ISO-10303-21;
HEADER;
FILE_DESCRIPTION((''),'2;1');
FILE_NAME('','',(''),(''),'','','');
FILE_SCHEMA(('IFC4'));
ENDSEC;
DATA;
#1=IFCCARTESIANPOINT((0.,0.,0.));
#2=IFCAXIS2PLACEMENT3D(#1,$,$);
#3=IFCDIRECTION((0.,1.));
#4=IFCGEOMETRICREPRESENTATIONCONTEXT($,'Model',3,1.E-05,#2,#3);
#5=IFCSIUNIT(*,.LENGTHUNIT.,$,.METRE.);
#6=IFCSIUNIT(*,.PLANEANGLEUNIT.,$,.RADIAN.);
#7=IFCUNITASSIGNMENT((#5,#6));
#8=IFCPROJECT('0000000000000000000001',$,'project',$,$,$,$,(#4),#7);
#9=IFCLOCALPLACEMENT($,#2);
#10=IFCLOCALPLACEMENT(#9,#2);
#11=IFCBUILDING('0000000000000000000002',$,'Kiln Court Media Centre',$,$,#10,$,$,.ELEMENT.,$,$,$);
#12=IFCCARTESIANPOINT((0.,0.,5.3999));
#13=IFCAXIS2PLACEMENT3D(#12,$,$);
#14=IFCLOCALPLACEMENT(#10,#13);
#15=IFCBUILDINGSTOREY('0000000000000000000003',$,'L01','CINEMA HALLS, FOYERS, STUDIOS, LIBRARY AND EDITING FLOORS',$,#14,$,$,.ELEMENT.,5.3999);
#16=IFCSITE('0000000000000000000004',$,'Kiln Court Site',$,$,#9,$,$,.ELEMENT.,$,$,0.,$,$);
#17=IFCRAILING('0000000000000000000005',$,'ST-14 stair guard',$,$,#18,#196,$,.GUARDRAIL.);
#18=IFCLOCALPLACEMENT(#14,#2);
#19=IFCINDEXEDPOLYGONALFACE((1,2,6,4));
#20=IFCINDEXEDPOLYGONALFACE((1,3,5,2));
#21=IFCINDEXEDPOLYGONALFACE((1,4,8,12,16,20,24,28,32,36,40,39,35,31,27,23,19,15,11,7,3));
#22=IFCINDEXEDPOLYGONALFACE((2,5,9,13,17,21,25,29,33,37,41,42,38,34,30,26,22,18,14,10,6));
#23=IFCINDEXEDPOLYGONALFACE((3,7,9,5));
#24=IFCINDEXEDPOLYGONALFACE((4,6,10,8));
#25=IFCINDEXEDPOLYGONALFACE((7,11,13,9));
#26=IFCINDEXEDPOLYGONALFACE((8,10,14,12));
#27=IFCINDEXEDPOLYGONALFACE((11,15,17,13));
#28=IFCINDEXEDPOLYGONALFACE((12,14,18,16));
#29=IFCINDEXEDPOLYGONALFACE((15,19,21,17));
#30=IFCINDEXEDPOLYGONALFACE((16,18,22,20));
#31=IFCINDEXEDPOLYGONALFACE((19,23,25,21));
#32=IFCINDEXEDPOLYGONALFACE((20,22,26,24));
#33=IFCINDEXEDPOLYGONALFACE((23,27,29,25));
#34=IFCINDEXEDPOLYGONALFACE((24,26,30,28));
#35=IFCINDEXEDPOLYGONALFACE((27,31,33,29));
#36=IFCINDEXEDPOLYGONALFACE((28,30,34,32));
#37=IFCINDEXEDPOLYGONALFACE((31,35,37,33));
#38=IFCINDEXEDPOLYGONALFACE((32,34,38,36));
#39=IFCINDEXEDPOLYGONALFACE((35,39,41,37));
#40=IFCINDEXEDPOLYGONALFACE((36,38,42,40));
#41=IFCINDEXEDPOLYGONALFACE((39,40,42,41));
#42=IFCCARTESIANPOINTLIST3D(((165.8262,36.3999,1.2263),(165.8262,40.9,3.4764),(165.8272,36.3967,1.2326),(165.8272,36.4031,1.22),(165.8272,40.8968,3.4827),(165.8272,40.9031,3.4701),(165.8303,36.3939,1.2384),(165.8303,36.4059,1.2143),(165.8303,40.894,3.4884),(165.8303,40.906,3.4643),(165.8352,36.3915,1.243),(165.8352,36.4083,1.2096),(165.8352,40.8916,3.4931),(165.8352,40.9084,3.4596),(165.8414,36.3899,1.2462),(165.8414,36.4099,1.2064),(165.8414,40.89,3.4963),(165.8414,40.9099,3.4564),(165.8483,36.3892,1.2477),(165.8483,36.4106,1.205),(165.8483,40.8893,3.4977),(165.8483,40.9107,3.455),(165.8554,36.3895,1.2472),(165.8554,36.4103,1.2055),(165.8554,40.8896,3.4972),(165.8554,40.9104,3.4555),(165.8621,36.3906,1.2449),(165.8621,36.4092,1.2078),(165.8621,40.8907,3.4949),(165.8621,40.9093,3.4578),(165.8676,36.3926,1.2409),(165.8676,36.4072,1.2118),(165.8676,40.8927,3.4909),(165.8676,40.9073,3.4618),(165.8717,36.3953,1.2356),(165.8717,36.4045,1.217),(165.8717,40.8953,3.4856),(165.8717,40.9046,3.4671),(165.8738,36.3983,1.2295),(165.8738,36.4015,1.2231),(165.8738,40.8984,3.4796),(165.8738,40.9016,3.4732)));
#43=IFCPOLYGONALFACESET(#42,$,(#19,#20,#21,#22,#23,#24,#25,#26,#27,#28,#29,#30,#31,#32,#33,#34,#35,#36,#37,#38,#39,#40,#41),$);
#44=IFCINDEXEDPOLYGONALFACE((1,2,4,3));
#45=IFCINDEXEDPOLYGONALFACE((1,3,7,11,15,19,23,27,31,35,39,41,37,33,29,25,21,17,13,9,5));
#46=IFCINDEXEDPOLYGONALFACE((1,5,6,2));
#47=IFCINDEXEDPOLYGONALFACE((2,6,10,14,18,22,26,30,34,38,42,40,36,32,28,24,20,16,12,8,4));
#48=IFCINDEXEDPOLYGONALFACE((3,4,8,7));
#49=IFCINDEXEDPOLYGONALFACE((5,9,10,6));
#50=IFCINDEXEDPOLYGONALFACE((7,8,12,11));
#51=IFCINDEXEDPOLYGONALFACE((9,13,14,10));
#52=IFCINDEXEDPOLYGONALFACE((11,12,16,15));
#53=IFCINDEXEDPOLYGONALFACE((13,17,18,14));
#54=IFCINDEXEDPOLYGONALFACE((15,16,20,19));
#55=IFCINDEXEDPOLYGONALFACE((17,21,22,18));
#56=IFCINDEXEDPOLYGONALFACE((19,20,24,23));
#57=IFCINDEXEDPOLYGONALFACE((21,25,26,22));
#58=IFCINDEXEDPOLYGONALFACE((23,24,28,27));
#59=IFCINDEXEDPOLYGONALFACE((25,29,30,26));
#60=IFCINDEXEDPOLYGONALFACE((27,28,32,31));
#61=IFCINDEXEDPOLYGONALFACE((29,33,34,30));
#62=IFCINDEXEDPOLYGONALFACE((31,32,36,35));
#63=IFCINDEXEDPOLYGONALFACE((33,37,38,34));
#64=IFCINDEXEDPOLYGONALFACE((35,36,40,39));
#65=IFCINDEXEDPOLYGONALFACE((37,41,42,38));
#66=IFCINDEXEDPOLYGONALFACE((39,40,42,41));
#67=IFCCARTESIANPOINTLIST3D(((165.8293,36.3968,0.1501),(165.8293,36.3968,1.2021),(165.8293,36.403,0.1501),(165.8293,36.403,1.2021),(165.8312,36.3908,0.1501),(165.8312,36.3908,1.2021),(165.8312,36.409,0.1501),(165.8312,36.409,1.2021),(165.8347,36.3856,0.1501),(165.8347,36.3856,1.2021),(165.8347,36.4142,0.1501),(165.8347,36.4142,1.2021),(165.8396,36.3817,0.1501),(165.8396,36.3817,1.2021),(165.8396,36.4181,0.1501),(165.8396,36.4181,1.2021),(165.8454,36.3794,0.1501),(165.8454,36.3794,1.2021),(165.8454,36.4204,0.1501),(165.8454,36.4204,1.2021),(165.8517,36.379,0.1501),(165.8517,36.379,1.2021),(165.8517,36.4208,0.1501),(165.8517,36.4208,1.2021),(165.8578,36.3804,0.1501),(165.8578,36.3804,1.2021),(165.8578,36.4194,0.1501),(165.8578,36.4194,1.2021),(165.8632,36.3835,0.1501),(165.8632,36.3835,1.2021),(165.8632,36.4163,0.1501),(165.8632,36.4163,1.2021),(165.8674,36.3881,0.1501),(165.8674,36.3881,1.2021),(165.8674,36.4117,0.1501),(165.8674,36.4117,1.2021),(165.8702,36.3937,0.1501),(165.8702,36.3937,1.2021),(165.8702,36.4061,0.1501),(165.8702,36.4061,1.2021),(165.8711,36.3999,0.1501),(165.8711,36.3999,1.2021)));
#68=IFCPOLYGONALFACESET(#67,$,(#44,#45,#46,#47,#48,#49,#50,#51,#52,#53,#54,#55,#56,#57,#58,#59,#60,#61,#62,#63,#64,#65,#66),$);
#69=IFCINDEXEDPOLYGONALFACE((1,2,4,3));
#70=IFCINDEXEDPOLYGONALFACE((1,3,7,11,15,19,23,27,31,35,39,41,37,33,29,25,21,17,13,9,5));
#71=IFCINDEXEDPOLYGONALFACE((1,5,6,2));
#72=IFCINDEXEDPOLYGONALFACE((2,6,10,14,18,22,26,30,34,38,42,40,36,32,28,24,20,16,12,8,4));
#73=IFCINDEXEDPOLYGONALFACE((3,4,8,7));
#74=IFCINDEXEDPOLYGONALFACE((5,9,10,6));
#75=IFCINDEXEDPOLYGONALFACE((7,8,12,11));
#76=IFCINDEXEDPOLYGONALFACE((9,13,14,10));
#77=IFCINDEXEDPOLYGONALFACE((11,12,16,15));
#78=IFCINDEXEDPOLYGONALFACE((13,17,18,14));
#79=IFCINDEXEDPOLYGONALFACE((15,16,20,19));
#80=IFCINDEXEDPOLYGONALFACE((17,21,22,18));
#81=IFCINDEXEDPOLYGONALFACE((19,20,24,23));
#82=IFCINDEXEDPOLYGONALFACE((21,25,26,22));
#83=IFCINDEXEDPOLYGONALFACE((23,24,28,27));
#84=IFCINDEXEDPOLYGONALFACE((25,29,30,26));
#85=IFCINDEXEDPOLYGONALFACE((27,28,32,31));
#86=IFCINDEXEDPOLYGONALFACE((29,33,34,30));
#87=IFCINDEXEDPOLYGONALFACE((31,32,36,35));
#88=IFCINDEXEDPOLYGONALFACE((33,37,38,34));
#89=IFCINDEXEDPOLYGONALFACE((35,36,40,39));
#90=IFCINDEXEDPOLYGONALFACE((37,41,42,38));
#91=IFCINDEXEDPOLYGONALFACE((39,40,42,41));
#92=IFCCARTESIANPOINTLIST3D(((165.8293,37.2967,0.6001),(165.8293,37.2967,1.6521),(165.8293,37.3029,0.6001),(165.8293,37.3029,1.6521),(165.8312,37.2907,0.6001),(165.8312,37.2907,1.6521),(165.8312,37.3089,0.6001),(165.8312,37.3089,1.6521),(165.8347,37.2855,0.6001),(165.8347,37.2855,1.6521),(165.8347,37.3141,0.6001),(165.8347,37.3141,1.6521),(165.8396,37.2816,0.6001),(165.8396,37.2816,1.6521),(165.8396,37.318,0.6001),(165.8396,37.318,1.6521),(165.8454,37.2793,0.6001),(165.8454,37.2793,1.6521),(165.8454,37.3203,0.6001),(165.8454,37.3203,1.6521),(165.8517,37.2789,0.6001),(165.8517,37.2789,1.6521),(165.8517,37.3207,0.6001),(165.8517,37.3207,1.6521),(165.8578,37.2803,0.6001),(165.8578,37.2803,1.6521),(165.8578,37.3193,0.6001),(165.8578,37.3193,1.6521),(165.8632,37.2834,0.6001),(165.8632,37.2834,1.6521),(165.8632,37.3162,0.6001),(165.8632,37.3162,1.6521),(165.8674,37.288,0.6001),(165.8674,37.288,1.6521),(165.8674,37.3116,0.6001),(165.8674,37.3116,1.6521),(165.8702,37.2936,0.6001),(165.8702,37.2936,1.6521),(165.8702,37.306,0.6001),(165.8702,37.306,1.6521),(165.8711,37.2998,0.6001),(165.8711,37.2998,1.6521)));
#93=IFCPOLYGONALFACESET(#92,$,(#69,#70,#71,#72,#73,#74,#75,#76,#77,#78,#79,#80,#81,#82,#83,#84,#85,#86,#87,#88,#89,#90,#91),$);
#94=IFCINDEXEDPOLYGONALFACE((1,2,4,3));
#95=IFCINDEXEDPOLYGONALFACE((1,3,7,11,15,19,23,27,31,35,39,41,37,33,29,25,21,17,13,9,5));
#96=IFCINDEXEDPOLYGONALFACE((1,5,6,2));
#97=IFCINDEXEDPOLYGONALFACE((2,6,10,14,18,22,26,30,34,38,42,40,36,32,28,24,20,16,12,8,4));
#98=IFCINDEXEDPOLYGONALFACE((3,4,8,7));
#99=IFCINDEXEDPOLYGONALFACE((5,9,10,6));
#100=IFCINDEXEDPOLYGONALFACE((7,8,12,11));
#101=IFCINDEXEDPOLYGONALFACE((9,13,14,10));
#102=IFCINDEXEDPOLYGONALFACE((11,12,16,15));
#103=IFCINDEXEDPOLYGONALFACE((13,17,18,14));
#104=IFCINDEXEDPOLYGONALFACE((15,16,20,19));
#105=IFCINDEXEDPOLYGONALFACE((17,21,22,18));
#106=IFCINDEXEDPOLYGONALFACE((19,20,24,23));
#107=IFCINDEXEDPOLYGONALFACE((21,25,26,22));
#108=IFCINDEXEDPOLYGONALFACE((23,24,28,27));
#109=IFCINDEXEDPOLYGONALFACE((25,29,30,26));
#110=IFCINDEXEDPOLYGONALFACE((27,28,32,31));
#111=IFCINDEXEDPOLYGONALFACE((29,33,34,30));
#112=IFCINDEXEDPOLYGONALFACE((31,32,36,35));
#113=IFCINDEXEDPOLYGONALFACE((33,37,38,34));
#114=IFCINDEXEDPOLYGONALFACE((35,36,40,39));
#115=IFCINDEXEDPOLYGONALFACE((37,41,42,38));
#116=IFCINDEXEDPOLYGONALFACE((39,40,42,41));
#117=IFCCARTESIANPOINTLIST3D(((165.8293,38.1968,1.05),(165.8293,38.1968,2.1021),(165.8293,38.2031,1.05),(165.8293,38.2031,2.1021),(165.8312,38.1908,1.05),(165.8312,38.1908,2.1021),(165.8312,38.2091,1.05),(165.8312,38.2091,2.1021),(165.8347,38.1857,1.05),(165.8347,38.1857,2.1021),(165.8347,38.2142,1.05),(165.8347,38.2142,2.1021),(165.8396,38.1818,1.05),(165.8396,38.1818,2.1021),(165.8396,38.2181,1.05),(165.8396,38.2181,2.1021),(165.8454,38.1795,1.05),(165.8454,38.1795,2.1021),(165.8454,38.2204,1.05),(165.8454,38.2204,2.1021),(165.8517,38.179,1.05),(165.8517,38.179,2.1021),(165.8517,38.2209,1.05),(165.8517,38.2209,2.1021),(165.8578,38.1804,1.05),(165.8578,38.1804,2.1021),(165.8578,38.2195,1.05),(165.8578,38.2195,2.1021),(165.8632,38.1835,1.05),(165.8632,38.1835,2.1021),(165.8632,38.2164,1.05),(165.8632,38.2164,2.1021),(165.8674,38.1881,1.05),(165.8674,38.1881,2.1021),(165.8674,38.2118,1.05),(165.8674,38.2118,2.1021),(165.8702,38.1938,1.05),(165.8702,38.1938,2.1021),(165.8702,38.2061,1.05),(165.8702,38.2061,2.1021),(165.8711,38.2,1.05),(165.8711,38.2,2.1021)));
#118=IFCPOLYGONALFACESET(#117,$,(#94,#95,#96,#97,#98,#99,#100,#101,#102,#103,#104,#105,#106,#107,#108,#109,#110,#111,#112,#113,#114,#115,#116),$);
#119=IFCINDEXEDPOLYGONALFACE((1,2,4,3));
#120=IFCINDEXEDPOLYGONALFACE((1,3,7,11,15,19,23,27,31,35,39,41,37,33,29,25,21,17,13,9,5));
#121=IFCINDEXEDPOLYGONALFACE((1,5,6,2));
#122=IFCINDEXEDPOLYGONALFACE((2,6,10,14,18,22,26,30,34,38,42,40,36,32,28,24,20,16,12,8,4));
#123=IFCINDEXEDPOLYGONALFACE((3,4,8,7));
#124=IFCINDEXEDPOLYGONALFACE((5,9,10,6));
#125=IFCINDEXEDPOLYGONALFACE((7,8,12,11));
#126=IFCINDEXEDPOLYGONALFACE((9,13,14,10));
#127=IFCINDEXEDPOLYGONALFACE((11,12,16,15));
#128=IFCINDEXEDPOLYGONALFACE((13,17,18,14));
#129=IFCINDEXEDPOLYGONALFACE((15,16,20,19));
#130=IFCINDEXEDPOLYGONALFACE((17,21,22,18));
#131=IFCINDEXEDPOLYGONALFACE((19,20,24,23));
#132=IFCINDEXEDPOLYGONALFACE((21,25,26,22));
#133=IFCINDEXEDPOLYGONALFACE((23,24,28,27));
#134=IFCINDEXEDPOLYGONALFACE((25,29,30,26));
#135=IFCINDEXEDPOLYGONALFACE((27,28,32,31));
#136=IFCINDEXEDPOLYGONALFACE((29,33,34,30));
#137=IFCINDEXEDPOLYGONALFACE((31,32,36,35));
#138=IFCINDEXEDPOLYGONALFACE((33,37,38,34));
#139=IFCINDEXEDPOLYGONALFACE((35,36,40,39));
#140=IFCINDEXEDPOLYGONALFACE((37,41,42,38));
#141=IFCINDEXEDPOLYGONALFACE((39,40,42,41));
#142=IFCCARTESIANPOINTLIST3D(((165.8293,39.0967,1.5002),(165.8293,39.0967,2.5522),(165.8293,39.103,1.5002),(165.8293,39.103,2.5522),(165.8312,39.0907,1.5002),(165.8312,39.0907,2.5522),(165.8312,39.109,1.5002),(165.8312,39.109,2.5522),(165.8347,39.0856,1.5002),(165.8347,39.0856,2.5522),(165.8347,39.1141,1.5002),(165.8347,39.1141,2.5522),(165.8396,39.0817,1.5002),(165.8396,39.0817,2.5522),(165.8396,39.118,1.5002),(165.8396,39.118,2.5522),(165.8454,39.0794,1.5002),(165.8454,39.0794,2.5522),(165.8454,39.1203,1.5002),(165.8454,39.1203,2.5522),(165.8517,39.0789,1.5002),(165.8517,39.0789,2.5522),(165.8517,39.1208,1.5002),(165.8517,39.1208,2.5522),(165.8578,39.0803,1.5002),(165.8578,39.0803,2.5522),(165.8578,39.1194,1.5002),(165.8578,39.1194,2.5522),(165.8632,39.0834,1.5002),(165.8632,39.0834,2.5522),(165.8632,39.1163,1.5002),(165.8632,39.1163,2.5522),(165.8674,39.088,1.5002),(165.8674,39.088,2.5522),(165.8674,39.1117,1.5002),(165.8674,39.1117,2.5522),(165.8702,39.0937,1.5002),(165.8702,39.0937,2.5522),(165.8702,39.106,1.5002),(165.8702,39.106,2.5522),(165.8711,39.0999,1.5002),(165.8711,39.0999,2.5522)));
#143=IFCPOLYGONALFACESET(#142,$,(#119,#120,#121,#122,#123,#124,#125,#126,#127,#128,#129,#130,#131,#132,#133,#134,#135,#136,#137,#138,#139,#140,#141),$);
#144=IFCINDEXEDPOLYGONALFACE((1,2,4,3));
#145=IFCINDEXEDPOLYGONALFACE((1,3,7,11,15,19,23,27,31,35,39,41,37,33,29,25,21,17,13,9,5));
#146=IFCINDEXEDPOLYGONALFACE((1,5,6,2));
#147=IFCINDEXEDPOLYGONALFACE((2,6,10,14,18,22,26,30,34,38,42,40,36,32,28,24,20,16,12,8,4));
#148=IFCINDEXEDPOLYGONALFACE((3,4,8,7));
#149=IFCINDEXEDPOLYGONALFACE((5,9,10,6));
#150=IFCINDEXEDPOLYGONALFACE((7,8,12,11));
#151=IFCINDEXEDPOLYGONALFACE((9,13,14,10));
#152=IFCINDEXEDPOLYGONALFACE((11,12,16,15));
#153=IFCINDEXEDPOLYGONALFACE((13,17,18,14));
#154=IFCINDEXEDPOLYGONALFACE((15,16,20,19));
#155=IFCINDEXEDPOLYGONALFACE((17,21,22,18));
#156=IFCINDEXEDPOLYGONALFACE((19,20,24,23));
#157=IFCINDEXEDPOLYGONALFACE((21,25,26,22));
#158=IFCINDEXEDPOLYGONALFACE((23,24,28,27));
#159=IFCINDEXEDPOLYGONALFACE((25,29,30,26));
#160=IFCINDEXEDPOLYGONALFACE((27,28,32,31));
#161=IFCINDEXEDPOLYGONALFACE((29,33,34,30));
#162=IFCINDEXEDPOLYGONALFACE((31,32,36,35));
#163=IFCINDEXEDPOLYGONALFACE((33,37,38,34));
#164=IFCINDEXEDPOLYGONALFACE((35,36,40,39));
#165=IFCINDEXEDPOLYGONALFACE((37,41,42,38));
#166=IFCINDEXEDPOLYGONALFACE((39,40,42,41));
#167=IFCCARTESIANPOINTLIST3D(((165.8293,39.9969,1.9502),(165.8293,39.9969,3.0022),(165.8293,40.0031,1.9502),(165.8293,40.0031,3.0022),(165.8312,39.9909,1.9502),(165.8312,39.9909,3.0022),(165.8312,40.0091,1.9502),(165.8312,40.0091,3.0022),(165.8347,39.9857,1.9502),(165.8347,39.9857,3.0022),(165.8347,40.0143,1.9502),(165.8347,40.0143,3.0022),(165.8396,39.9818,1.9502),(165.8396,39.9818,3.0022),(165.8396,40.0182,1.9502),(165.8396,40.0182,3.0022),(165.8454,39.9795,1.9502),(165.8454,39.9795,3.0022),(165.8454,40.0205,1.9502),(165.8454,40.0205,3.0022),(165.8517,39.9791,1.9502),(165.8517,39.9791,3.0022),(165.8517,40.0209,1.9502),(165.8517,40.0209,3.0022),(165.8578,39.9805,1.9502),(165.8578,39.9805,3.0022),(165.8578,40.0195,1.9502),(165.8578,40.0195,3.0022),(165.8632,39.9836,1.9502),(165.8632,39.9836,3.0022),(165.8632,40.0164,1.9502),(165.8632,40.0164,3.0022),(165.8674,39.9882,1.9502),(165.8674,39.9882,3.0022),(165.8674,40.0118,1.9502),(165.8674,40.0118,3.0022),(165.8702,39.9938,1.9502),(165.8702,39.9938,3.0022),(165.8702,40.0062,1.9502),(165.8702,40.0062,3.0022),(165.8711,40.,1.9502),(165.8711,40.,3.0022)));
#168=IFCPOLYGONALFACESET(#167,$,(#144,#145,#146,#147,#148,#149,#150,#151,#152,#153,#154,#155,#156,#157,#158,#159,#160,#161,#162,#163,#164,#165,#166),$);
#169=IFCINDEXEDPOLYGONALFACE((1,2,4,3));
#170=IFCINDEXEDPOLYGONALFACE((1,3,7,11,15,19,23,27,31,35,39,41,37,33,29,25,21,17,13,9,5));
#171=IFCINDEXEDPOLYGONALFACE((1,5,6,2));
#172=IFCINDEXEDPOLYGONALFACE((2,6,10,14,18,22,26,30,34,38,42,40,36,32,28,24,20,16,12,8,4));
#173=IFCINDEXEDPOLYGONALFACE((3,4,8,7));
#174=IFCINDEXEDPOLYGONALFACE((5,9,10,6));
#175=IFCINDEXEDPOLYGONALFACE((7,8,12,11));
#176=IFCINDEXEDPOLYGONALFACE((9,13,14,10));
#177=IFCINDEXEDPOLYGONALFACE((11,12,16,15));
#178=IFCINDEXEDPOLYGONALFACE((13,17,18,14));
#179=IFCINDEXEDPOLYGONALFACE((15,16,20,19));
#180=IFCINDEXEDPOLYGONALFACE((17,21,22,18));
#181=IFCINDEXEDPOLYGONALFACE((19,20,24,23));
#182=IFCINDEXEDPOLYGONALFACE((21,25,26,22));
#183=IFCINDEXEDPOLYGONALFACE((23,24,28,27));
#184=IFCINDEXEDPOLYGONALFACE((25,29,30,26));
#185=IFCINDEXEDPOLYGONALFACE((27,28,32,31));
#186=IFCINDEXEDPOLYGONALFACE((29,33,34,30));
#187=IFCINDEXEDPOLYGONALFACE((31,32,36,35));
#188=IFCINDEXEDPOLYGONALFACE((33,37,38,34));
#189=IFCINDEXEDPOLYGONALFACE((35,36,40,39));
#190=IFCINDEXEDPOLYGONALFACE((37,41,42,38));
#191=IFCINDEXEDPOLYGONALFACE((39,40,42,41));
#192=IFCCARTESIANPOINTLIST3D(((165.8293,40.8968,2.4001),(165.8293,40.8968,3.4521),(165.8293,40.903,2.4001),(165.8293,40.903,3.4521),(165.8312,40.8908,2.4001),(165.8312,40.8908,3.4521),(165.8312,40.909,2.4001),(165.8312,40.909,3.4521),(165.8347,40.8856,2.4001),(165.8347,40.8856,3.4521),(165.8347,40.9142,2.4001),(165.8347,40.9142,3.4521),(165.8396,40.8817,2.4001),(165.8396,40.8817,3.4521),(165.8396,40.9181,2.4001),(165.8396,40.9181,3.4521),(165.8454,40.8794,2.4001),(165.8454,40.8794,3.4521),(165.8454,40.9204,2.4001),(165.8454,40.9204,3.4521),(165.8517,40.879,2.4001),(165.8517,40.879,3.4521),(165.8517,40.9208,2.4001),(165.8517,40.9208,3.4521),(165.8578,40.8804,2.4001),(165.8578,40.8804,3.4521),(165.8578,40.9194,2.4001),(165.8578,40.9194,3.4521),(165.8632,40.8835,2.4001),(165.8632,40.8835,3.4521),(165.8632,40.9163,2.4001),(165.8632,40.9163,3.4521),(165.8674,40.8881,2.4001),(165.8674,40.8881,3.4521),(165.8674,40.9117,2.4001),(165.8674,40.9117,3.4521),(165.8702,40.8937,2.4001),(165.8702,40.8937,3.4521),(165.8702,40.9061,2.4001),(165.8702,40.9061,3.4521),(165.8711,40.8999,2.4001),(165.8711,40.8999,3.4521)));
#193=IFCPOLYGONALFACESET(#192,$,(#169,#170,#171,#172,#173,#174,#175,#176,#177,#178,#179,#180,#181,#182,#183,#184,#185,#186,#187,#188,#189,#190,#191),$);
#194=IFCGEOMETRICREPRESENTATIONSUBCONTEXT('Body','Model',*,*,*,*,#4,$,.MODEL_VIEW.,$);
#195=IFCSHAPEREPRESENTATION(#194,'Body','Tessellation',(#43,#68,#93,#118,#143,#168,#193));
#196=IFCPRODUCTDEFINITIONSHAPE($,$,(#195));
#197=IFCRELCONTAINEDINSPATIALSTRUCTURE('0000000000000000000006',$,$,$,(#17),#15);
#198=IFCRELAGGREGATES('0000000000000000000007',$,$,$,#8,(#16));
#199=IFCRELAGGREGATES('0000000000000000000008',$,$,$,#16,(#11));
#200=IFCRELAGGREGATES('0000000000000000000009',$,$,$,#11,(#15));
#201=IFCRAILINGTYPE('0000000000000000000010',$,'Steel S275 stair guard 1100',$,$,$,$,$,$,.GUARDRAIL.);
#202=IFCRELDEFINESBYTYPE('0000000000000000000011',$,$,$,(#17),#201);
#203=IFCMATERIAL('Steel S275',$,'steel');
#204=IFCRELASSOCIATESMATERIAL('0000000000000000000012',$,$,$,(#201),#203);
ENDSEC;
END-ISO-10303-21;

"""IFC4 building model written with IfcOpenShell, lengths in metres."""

from ifc_helpers import new_model, si_unit, direction, frame, origin, origin_2d, place, context, subcontext, project, spatial, circle, extrude, material, type_object, element, save


model = new_model("IFC4")

# Units and contexts
model_context = context("Model", 3, precision=1e-05, world=origin(), true_north=direction((0.0, 1.0)))
body_context = subcontext(model_context, "Body", "Model", "MODEL_VIEW")
ifc_project = project(units=[si_unit("LENGTHUNIT", "METRE"), si_unit("PLANEANGLEUNIT", "RADIAN")], contexts=[model_context])

# Site, building, storey
site_placement = place(None, origin())
site = spatial("IfcSite", under=ifc_project, at=site_placement, Name="Kiln Court Site", CompositionType="ELEMENT", RefElevation=0.0)
building_placement = place(site_placement, origin())
building = spatial("IfcBuilding", under=site, at=building_placement, Name="Kiln Court Media Centre", CompositionType="ELEMENT")
storey_placement = place(building_placement, frame((0.0, 0.0, 5.3999)))
storey = spatial("IfcBuildingStorey", under=building, at=storey_placement, Name="L01", Description="CINEMA HALLS, FOYERS, STUDIOS, LIBRARY AND EDITING FLOORS", CompositionType="ELEMENT", Elevation=5.3999)

# Railing
ifc_material_1 = material(Name="Steel S275", Category="steel")
railing_type_1 = type_object("IfcRailingType", Name="Steel S275 stair guard 1100", PredefinedType="GUARDRAIL", material=ifc_material_1)
railing_1_placement = place(storey_placement, frame((165.8501, 36.3999, 0.1501)))
element("IfcRailing", 1, at=railing_1_placement, inside=storey, type_object=railing_type_1, Name="ST-14 stair guard", PredefinedType="GUARDRAIL", context=body_context, shape_type="SweptSolid", body=[
    extrude(circle(Radius=0.0239, at=origin_2d()), frame((0.0, 0.0, 1.0762), z_axis=(0.0, 0.894427, 0.447214), x_axis=(-1.0, 0.0, 0.0)), (0.0, 0.0, 1.0), 5.0312),
    extrude(circle(Radius=0.021, at=origin_2d()), origin(), (0.0, 0.0, 1.0), 1.052),
    extrude(circle(Radius=0.021, at=origin_2d()), frame((0.0, 0.8999, 0.45)), (0.0, 0.0, 1.0), 1.052),
    extrude(circle(Radius=0.021, at=origin_2d()), frame((0.0, 1.8, 0.8999)), (0.0, 0.0, 1.0), 1.052),
    extrude(circle(Radius=0.021, at=origin_2d()), frame((0.0, 2.7, 1.3501)), (0.0, 0.0, 1.0), 1.052),
    extrude(circle(Radius=0.021, at=origin_2d()), frame((0.0, 3.6001, 1.8)), (0.0, 0.0, 1.0), 1.052),
    extrude(circle(Radius=0.021, at=origin_2d()), frame((0.0, 4.5, 2.25)), (0.0, 0.0, 1.0), 1.052),
])

save(model, "model.ifc")
